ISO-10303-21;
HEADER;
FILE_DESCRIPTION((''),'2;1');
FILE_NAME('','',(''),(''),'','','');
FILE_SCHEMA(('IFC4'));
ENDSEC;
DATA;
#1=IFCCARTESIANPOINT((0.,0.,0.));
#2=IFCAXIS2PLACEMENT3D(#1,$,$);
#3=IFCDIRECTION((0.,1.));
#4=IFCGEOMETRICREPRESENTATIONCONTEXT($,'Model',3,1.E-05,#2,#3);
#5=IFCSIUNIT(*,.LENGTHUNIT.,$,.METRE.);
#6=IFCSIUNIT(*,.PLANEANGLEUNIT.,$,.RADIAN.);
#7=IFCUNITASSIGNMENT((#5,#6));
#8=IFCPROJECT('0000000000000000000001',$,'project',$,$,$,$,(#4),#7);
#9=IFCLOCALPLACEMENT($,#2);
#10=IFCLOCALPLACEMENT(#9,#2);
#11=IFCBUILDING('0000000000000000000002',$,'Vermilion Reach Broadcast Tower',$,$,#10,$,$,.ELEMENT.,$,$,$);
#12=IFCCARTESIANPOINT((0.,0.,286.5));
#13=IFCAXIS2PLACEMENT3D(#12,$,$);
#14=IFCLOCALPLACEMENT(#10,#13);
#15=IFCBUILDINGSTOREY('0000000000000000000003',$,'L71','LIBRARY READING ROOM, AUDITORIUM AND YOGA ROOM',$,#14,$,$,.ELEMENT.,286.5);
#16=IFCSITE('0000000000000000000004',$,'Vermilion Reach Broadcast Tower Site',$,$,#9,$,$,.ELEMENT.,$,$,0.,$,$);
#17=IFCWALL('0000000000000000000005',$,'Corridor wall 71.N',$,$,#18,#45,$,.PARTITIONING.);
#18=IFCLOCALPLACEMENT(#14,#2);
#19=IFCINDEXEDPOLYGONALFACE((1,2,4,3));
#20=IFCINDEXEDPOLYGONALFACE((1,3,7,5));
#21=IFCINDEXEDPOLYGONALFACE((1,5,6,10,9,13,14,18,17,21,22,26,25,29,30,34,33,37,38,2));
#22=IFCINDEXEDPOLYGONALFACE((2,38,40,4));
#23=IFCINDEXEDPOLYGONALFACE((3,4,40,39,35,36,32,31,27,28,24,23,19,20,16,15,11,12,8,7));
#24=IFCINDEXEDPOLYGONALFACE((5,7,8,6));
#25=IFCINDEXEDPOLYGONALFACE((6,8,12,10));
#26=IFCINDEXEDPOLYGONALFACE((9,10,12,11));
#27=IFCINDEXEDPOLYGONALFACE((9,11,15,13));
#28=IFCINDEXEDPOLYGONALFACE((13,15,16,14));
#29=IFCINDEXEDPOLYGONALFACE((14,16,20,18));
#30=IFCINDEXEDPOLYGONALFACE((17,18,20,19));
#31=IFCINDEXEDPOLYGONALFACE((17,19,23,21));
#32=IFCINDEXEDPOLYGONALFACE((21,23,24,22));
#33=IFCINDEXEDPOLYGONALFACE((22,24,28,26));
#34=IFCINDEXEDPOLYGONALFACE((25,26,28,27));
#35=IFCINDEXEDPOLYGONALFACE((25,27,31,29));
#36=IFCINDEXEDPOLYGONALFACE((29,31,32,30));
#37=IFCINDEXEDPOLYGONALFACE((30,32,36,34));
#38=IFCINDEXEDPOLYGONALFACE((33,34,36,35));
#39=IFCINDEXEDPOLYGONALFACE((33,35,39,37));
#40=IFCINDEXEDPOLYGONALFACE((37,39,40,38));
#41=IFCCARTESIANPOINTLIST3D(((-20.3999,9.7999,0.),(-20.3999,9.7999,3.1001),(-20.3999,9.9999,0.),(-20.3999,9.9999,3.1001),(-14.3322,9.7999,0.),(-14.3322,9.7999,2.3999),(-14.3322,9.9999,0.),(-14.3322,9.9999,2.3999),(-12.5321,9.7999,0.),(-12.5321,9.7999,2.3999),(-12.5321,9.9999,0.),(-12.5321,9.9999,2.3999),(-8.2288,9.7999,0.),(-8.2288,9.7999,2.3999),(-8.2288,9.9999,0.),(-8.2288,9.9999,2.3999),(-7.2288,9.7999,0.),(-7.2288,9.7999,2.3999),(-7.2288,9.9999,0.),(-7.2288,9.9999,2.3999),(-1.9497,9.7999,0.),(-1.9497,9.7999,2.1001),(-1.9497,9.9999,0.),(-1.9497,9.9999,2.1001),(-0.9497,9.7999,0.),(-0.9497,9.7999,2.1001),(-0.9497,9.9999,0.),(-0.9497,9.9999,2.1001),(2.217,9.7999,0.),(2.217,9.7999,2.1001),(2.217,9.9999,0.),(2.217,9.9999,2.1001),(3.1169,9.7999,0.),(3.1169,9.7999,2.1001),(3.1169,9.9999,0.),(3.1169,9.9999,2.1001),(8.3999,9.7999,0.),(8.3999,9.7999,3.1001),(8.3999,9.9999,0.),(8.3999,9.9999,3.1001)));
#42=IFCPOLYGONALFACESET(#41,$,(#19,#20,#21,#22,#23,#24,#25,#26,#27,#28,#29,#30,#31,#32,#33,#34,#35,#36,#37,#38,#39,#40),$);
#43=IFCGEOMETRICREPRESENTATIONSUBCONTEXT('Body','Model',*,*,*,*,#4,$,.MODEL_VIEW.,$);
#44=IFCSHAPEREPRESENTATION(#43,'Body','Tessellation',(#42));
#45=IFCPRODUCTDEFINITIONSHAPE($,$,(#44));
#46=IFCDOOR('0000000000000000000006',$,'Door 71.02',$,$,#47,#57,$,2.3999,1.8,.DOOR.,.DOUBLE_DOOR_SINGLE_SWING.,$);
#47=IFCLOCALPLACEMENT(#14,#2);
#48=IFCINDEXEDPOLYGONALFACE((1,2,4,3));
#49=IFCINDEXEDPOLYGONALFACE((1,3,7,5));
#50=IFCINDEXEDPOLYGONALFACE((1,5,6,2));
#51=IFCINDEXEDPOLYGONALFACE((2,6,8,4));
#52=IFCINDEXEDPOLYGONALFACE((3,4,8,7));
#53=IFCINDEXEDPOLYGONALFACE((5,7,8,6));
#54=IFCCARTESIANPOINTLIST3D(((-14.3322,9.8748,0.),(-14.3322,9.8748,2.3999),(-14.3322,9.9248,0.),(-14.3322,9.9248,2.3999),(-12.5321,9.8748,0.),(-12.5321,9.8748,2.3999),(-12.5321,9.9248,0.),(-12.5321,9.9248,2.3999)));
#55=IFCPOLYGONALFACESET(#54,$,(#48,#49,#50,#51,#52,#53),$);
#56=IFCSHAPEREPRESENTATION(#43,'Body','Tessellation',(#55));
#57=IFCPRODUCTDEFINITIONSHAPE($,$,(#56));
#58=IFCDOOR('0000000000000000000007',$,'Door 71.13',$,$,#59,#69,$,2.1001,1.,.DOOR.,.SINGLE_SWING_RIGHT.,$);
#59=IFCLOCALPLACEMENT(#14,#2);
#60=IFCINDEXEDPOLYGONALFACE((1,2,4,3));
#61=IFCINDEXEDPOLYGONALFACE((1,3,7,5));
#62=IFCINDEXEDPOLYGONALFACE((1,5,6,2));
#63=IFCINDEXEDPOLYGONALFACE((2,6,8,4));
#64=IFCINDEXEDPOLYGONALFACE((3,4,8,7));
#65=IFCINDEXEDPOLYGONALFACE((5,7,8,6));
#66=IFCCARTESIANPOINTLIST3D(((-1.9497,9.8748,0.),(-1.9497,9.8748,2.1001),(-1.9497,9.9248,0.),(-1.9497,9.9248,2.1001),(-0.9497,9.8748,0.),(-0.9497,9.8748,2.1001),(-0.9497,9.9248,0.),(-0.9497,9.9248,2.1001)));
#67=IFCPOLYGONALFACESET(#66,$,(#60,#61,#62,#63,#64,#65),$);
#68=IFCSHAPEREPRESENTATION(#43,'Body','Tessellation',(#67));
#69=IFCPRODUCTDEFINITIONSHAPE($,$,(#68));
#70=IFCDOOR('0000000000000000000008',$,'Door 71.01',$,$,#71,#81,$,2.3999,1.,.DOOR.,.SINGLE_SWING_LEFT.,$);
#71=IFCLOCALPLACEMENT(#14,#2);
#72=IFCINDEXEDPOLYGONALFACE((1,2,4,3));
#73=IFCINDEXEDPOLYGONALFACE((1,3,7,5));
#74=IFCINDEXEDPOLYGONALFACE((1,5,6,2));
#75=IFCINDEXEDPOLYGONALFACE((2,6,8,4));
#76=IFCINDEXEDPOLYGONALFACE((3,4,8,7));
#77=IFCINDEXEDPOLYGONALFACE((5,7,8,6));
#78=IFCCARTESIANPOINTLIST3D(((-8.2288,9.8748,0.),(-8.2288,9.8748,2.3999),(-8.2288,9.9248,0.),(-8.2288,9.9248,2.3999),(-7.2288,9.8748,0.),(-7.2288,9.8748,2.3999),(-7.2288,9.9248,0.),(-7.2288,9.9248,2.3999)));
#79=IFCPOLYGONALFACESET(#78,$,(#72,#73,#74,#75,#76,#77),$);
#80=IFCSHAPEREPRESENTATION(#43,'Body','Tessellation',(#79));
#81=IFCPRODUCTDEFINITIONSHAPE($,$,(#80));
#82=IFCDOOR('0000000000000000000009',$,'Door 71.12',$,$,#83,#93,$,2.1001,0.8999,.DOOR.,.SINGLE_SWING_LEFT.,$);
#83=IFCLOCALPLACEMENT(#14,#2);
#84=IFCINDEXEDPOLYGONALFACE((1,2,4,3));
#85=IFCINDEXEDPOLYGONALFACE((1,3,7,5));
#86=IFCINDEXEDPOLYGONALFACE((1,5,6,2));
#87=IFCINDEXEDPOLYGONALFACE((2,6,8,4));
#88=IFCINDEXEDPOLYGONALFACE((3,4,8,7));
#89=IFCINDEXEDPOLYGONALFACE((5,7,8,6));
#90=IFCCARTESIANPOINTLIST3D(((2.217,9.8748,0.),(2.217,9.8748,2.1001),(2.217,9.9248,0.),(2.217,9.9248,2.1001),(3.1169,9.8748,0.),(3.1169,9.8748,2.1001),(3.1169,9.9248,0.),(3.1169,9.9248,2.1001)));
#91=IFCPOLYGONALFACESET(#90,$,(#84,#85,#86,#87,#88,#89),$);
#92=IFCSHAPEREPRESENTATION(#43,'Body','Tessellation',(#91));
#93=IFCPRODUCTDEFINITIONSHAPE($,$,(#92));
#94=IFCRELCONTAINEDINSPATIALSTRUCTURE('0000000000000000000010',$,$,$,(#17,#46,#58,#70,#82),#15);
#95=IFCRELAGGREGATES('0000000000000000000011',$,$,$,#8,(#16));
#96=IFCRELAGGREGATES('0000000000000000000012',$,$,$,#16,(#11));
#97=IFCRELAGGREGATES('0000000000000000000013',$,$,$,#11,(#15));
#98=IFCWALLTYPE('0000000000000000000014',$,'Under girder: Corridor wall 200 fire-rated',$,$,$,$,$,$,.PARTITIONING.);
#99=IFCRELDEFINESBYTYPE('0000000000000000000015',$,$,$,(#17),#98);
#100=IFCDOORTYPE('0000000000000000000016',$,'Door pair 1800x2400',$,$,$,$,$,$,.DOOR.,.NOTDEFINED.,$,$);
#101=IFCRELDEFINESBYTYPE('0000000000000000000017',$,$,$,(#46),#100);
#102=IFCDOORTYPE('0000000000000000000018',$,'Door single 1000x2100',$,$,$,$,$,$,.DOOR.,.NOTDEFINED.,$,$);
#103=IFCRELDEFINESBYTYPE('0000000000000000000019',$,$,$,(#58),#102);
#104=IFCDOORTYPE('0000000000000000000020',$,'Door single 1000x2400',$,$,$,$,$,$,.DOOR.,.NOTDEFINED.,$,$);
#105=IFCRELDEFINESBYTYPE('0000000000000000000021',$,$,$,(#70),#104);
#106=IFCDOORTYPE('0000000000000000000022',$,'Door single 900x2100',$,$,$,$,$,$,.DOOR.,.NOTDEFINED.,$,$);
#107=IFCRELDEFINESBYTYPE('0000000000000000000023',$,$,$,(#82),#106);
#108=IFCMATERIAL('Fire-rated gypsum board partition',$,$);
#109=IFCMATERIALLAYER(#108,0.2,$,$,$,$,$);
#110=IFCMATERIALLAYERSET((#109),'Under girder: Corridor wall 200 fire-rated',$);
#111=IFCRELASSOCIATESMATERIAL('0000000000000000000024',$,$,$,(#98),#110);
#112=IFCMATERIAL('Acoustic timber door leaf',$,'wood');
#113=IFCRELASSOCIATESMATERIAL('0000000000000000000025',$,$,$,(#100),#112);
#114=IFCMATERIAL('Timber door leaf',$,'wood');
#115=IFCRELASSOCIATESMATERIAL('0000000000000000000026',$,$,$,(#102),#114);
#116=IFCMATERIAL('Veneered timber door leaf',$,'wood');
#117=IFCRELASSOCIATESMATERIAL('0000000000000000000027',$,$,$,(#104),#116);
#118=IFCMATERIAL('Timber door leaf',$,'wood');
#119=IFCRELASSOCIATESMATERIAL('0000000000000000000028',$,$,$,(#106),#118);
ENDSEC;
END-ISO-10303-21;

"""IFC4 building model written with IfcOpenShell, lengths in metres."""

from ifc_helpers import new_model, si_unit, direction, frame, frame_2d, origin, place, context, subcontext, project, spatial, rectangle, extrude, material, layer, layer_set, type_object, element, fill, save


model = new_model("IFC4")

# Units and contexts
model_context = context("Model", 3, precision=1e-05, world=origin(), true_north=direction((0.0, 1.0)))
body_context = subcontext(model_context, "Body", "Model", "MODEL_VIEW")
ifc_project = project(units=[si_unit("LENGTHUNIT", "METRE"), si_unit("PLANEANGLEUNIT", "RADIAN")], contexts=[model_context])

# Site, building, storey
site_placement = place(None, origin())
site = spatial("IfcSite", under=ifc_project, at=site_placement, Name="Vermilion Reach Broadcast Tower Site", CompositionType="ELEMENT", RefElevation=0.0)
building_placement = place(site_placement, origin())
building = spatial("IfcBuilding", under=site, at=building_placement, Name="Vermilion Reach Broadcast Tower", CompositionType="ELEMENT")
storey_placement = place(building_placement, frame((0.0, 0.0, 286.5)))
storey = spatial("IfcBuildingStorey", under=building, at=storey_placement, Name="L71", Description="LIBRARY READING ROOM, AUDITORIUM AND YOGA ROOM", CompositionType="ELEMENT", Elevation=286.5)

# Wall, openings, doors
ifc_material_1 = material(Name="Fire-rated gypsum board partition")
ifc_layer_1 = layer(ifc_material_1, 0.2)
ifc_layer_set_1 = layer_set([ifc_layer_1], Name="Under girder: Corridor wall 200 fire-rated")
wall_type_1 = type_object("IfcWallType", Name="Under girder: Corridor wall 200 fire-rated", PredefinedType="PARTITIONING", material=ifc_layer_set_1)
wall_1_placement = place(storey_placement, frame((-20.3999, 9.8999, 0.0), z_axis=(0.0, 0.0, 1.0), x_axis=(1.0, 0.0, 0.0)))
wall_1 = element("IfcWall", 1, at=wall_1_placement, inside=storey, type_object=wall_type_1, Name="Corridor wall 71.N", PredefinedType="PARTITIONING", context=body_context, shape_type="SweptSolid", body=[
    extrude(rectangle(XDim=28.7998, YDim=0.2, at=frame_2d((14.3999, 0.0))), origin(), (0.0, 0.0, 1.0), 3.1001),
])
opening_1_placement = place(wall_1_placement, frame((12.1711, 0.0, 0.0)))
opening_1 = element("IfcOpeningElement", 2, at=opening_1_placement, cuts=wall_1, PredefinedType="OPENING", context=body_context, shape_type="SweptSolid", body=[
    extrude(rectangle(XDim=1.0, YDim=2.3999, at=frame_2d((0.5, 1.2))), frame((0.0, 0.1099, 0.0), z_axis=(0.0, -1.0, 0.0), x_axis=(1.0, 0.0, 0.0)), (0.0, 0.0, 1.0), 0.22),
])
opening_2_placement = place(wall_1_placement, frame((6.0679, 0.0, 0.0)))
opening_2 = element("IfcOpeningElement", 3, at=opening_2_placement, cuts=wall_1, PredefinedType="OPENING", context=body_context, shape_type="SweptSolid", body=[
    extrude(rectangle(XDim=1.8, YDim=2.3999, at=frame_2d((0.8999, 1.2))), frame((0.0, 0.1099, 0.0), z_axis=(0.0, -1.0, 0.0), x_axis=(1.0, 0.0, 0.0)), (0.0, 0.0, 1.0), 0.22),
])
opening_3_placement = place(wall_1_placement, frame((22.6169, 0.0, 0.0)))
opening_3 = element("IfcOpeningElement", 4, at=opening_3_placement, cuts=wall_1, PredefinedType="OPENING", context=body_context, shape_type="SweptSolid", body=[
    extrude(rectangle(XDim=0.8999, YDim=2.1001, at=frame_2d((0.45, 1.05))), frame((0.0, 0.1099, 0.0), z_axis=(0.0, -1.0, 0.0), x_axis=(1.0, 0.0, 0.0)), (0.0, 0.0, 1.0), 0.22),
])
opening_4_placement = place(wall_1_placement, frame((18.4502, 0.0, 0.0)))
opening_4 = element("IfcOpeningElement", 5, at=opening_4_placement, cuts=wall_1, PredefinedType="OPENING", context=body_context, shape_type="SweptSolid", body=[
    extrude(rectangle(XDim=1.0, YDim=2.1001, at=frame_2d((0.5, 1.05))), frame((0.0, 0.1099, 0.0), z_axis=(0.0, -1.0, 0.0), x_axis=(1.0, 0.0, 0.0)), (0.0, 0.0, 1.0), 0.22),
])
ifc_material_2 = material(Name="Acoustic timber door leaf", Category="wood")
door_type_1 = type_object("IfcDoorType", Name="Door pair 1800x2400", OperationType="NOTDEFINED", PredefinedType="DOOR", material=ifc_material_2)
door_1_placement = place(opening_2_placement, origin())
door_1 = element("IfcDoor", 6, at=door_1_placement, inside=storey, type_object=door_type_1, Name="Door 71.02", OperationType="DOUBLE_DOOR_SINGLE_SWING", OverallHeight=2.3999, OverallWidth=1.8, PredefinedType="DOOR", context=body_context, shape_type="SweptSolid", body=[
    extrude(rectangle(XDim=1.8, YDim=2.3999, at=frame_2d((0.8999, 1.2))), frame((0.0, 0.0249, 0.0), z_axis=(0.0, -1.0, 0.0), x_axis=(1.0, 0.0, 0.0)), (0.0, 0.0, 1.0), 0.05),
])
fill(opening_2, door_1)
ifc_material_3 = material(Name="Timber door leaf", Category="wood")
door_type_2 = type_object("IfcDoorType", Name="Door single 1000x2100", OperationType="NOTDEFINED", PredefinedType="DOOR", material=ifc_material_3)
door_2_placement = place(opening_4_placement, origin())
door_2 = element("IfcDoor", 7, at=door_2_placement, inside=storey, type_object=door_type_2, Name="Door 71.13", OperationType="SINGLE_SWING_RIGHT", OverallHeight=2.1001, OverallWidth=1.0, PredefinedType="DOOR", context=body_context, shape_type="SweptSolid", body=[
    extrude(rectangle(XDim=1.0, YDim=2.1001, at=frame_2d((0.5, 1.05))), frame((0.0, 0.0249, 0.0), z_axis=(0.0, -1.0, 0.0), x_axis=(1.0, 0.0, 0.0)), (0.0, 0.0, 1.0), 0.05),
])
fill(opening_4, door_2)
ifc_material_4 = material(Name="Veneered timber door leaf", Category="wood")
door_type_3 = type_object("IfcDoorType", Name="Door single 1000x2400", OperationType="NOTDEFINED", PredefinedType="DOOR", material=ifc_material_4)
door_3_placement = place(opening_1_placement, origin())
door_3 = element("IfcDoor", 8, at=door_3_placement, inside=storey, type_object=door_type_3, Name="Door 71.01", OperationType="SINGLE_SWING_LEFT", OverallHeight=2.3999, OverallWidth=1.0, PredefinedType="DOOR", context=body_context, shape_type="SweptSolid", body=[
    extrude(rectangle(XDim=1.0, YDim=2.3999, at=frame_2d((0.5, 1.2))), frame((0.0, 0.0249, 0.0), z_axis=(0.0, -1.0, 0.0), x_axis=(1.0, 0.0, 0.0)), (0.0, 0.0, 1.0), 0.05),
])
fill(opening_1, door_3)
ifc_material_5 = material(Name="Timber door leaf", Category="wood")
door_type_4 = type_object("IfcDoorType", Name="Door single 900x2100", OperationType="NOTDEFINED", PredefinedType="DOOR", material=ifc_material_5)
door_4_placement = place(opening_3_placement, origin())
door_4 = element("IfcDoor", 9, at=door_4_placement, inside=storey, type_object=door_type_4, Name="Door 71.12", OperationType="SINGLE_SWING_LEFT", OverallHeight=2.1001, OverallWidth=0.8999, PredefinedType="DOOR", context=body_context, shape_type="SweptSolid", body=[
    extrude(rectangle(XDim=0.8999, YDim=2.1001, at=frame_2d((0.45, 1.05))), frame((0.0, 0.0249, 0.0), z_axis=(0.0, -1.0, 0.0), x_axis=(1.0, 0.0, 0.0)), (0.0, 0.0, 1.0), 0.05),
])
fill(opening_3, door_4)

save(model, "model.ifc")
